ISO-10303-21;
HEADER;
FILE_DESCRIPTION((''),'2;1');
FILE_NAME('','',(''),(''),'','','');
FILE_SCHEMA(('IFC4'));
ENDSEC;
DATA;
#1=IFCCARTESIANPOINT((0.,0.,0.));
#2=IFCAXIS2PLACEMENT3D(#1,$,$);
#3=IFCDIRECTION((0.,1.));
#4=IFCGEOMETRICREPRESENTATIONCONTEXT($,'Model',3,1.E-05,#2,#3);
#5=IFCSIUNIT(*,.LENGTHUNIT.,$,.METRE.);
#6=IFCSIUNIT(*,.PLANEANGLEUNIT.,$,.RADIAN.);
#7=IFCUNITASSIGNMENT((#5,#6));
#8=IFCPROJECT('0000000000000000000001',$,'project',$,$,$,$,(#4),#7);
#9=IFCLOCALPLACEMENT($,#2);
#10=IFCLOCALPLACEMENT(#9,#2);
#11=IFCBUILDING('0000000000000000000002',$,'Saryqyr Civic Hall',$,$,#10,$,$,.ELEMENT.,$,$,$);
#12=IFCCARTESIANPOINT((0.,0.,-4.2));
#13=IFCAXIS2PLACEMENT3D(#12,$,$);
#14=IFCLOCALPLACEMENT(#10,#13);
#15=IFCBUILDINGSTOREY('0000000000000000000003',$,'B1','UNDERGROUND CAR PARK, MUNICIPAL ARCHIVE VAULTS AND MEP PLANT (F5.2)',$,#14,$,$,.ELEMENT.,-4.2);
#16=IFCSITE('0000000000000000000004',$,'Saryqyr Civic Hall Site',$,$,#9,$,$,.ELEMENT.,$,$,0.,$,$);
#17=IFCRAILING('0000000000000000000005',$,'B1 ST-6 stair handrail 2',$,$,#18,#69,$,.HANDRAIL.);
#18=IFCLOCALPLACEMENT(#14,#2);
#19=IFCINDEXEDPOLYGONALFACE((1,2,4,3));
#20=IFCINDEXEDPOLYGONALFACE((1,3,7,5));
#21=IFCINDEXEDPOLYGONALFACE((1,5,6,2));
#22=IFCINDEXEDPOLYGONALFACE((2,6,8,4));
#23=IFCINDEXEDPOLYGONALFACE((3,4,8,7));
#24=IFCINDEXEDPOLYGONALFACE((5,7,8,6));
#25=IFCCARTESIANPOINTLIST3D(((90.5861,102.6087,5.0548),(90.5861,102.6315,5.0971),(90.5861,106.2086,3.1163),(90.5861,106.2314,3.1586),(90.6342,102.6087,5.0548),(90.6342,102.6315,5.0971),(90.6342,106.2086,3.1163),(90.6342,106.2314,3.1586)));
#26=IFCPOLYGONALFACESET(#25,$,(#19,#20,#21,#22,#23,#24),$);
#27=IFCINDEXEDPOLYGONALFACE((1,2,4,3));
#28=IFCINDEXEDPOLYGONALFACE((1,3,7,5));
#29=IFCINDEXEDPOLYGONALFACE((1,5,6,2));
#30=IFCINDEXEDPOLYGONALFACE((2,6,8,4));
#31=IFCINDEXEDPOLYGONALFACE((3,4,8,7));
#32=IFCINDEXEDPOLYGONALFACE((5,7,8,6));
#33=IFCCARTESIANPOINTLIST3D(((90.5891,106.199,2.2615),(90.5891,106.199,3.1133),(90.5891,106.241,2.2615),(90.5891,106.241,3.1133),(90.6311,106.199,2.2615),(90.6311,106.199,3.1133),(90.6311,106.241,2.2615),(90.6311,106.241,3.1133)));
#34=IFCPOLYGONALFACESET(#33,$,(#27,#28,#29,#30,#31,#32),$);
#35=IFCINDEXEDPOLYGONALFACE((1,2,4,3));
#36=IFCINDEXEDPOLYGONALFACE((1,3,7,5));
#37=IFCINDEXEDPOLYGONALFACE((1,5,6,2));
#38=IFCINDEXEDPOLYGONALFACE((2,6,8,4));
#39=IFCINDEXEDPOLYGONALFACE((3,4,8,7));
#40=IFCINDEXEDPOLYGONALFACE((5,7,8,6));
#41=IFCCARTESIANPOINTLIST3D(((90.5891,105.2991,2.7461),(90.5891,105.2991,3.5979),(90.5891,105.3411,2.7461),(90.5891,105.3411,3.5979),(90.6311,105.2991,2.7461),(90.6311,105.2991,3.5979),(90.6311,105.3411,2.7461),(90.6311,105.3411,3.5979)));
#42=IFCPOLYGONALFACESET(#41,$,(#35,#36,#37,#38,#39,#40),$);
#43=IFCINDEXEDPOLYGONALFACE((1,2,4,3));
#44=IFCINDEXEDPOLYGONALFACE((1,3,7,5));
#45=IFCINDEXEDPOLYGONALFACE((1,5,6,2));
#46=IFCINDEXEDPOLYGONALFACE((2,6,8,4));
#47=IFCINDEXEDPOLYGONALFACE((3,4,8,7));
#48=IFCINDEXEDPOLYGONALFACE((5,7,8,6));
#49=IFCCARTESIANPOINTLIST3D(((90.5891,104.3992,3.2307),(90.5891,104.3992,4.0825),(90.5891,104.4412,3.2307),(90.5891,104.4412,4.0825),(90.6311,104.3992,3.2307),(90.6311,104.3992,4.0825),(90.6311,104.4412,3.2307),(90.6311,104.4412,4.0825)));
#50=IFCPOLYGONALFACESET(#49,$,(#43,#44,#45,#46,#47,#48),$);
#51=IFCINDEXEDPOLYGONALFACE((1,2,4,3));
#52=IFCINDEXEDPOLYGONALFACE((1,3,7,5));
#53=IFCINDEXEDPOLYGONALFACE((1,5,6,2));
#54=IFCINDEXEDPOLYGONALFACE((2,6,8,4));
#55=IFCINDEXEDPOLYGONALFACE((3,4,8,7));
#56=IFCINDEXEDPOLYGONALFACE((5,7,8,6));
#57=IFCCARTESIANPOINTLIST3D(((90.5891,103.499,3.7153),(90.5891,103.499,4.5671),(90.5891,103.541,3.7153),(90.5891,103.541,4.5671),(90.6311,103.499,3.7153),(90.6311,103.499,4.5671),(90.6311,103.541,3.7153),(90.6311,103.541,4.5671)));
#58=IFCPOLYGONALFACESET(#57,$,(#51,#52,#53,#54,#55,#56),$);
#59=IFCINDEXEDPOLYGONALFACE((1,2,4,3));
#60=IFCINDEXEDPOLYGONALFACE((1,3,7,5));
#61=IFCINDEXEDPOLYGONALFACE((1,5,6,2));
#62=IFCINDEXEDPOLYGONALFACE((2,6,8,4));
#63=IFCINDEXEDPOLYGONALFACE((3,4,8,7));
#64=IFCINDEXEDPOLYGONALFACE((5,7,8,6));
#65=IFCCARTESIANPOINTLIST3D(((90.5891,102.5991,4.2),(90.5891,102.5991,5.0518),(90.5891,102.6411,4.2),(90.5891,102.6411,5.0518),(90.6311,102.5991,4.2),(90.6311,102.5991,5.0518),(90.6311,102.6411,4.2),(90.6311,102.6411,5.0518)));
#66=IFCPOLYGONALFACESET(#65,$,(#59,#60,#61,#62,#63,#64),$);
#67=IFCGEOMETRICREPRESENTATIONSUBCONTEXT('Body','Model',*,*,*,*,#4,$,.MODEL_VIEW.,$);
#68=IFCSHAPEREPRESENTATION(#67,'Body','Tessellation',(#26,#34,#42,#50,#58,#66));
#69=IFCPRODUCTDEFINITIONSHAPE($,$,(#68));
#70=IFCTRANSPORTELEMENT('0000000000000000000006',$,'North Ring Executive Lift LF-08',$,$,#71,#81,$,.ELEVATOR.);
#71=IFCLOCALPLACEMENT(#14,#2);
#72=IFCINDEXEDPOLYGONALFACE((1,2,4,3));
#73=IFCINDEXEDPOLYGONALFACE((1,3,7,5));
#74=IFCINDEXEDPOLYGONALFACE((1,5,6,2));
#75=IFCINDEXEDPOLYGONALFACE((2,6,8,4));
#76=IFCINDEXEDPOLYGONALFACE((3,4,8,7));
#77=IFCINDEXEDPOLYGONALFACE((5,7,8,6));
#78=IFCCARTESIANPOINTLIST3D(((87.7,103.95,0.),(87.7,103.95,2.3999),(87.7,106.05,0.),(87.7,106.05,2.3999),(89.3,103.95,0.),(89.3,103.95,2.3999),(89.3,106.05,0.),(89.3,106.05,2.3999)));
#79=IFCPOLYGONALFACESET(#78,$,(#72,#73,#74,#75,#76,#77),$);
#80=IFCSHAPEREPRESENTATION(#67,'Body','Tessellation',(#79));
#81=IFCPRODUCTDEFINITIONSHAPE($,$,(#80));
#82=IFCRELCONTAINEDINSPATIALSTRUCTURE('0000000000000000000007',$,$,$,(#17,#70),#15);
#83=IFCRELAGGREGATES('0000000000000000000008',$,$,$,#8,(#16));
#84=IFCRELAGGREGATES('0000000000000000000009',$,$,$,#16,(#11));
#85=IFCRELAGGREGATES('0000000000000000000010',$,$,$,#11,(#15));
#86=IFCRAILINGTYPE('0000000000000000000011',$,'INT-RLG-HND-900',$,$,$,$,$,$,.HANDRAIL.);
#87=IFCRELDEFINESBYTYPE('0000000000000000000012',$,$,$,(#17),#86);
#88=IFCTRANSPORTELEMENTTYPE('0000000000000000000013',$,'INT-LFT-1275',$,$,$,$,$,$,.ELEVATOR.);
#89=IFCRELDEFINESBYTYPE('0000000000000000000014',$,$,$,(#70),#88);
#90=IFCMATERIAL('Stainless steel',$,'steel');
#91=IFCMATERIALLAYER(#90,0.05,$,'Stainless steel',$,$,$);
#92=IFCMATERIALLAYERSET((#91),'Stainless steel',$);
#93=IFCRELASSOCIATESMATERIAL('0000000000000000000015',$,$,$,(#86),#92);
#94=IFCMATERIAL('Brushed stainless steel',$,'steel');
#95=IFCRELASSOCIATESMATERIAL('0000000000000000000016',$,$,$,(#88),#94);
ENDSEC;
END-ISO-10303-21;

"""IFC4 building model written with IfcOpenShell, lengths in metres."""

from ifc_helpers import new_model, si_unit, direction, frame, origin, origin_2d, place, context, subcontext, project, spatial, rectangle, extrude, material, layer, layer_set, type_object, element, save


model = new_model("IFC4")

# Units and contexts
model_context = context("Model", 3, precision=1e-05, world=origin(), true_north=direction((0.0, 1.0)))
body_context = subcontext(model_context, "Body", "Model", "MODEL_VIEW")
ifc_project = project(units=[si_unit("LENGTHUNIT", "METRE"), si_unit("PLANEANGLEUNIT", "RADIAN")], contexts=[model_context])

# Site, building, storey
site_placement = place(None, origin())
site = spatial("IfcSite", under=ifc_project, at=site_placement, Name="Saryqyr Civic Hall Site", CompositionType="ELEMENT", RefElevation=0.0)
building_placement = place(site_placement, origin())
building = spatial("IfcBuilding", under=site, at=building_placement, Name="Saryqyr Civic Hall", CompositionType="ELEMENT")
storey_placement = place(building_placement, frame((0.0, 0.0, -4.2)))
storey = spatial("IfcBuildingStorey", under=building, at=storey_placement, Name="B1", Description="UNDERGROUND CAR PARK, MUNICIPAL ARCHIVE VAULTS AND MEP PLANT (F5.2)", CompositionType="ELEMENT", Elevation=-4.2)

# Shared definitions
ifc_material_1 = material(Name="Brushed stainless steel", Category="steel")

# Railing
ifc_material_2 = material(Name="Stainless steel", Category="steel")
ifc_layer_1 = layer(ifc_material_2, 0.05, Name="Stainless steel")
ifc_layer_set_1 = layer_set([ifc_layer_1], Name="Stainless steel")
railing_type_1 = type_object("IfcRailingType", Name="INT-RLG-HND-900", PredefinedType="HANDRAIL", material=ifc_layer_set_1)
railing_1_placement = place(storey_placement, frame((90.6101, 106.22, 2.2615)))
element("IfcRailing", 1, at=railing_1_placement, inside=storey, type_object=railing_type_1, Name="B1 ST-6 stair handrail 2", PredefinedType="HANDRAIL", context=body_context, shape_type="SweptSolid", body=[
    extrude(rectangle(XDim=0.0481, YDim=0.0481, at=origin_2d()), frame((0.0, 0.0, 0.876), z_axis=(0.0, -0.880462, 0.474118), x_axis=(1.0, 0.0, 0.0)), (0.0, 0.0, 1.0), 4.0886),
    extrude(rectangle(XDim=0.042, YDim=0.042, at=origin_2d()), origin(), (0.0, 0.0, 1.0), 0.8518),
    extrude(rectangle(XDim=0.042, YDim=0.042, at=origin_2d()), frame((0.0, -0.8999, 0.4846)), (0.0, 0.0, 1.0), 0.8518),
    extrude(rectangle(XDim=0.042, YDim=0.042, at=origin_2d()), frame((0.0, -1.7998, 0.9692)), (0.0, 0.0, 1.0), 0.8518),
    extrude(rectangle(XDim=0.042, YDim=0.042, at=origin_2d()), frame((0.0, -2.7, 1.4539)), (0.0, 0.0, 1.0), 0.8518),
    extrude(rectangle(XDim=0.042, YDim=0.042, at=origin_2d()), frame((0.0, -3.5999, 1.9385)), (0.0, 0.0, 1.0), 0.8518),
])

# Transport element
transport_element_type = type_object("IfcTransportElementType", Name="INT-LFT-1275", PredefinedType="ELEVATOR", material=ifc_material_1)
transport_element_placement = place(storey_placement, frame((88.5, 105.0, 0.0), z_axis=(0.0, 0.0, 1.0), x_axis=(1.0, 0.0, 0.0)))
element("IfcTransportElement", 2, at=transport_element_placement, inside=storey, type_object=transport_element_type, Name="North Ring Executive Lift LF-08", PredefinedType="ELEVATOR", context=body_context, shape_type="SweptSolid", body=[
    extrude(rectangle(XDim=1.6001, YDim=2.1001, at=origin_2d()), origin(), (0.0, 0.0, 1.0), 2.3999),
])

save(model, "model.ifc")
